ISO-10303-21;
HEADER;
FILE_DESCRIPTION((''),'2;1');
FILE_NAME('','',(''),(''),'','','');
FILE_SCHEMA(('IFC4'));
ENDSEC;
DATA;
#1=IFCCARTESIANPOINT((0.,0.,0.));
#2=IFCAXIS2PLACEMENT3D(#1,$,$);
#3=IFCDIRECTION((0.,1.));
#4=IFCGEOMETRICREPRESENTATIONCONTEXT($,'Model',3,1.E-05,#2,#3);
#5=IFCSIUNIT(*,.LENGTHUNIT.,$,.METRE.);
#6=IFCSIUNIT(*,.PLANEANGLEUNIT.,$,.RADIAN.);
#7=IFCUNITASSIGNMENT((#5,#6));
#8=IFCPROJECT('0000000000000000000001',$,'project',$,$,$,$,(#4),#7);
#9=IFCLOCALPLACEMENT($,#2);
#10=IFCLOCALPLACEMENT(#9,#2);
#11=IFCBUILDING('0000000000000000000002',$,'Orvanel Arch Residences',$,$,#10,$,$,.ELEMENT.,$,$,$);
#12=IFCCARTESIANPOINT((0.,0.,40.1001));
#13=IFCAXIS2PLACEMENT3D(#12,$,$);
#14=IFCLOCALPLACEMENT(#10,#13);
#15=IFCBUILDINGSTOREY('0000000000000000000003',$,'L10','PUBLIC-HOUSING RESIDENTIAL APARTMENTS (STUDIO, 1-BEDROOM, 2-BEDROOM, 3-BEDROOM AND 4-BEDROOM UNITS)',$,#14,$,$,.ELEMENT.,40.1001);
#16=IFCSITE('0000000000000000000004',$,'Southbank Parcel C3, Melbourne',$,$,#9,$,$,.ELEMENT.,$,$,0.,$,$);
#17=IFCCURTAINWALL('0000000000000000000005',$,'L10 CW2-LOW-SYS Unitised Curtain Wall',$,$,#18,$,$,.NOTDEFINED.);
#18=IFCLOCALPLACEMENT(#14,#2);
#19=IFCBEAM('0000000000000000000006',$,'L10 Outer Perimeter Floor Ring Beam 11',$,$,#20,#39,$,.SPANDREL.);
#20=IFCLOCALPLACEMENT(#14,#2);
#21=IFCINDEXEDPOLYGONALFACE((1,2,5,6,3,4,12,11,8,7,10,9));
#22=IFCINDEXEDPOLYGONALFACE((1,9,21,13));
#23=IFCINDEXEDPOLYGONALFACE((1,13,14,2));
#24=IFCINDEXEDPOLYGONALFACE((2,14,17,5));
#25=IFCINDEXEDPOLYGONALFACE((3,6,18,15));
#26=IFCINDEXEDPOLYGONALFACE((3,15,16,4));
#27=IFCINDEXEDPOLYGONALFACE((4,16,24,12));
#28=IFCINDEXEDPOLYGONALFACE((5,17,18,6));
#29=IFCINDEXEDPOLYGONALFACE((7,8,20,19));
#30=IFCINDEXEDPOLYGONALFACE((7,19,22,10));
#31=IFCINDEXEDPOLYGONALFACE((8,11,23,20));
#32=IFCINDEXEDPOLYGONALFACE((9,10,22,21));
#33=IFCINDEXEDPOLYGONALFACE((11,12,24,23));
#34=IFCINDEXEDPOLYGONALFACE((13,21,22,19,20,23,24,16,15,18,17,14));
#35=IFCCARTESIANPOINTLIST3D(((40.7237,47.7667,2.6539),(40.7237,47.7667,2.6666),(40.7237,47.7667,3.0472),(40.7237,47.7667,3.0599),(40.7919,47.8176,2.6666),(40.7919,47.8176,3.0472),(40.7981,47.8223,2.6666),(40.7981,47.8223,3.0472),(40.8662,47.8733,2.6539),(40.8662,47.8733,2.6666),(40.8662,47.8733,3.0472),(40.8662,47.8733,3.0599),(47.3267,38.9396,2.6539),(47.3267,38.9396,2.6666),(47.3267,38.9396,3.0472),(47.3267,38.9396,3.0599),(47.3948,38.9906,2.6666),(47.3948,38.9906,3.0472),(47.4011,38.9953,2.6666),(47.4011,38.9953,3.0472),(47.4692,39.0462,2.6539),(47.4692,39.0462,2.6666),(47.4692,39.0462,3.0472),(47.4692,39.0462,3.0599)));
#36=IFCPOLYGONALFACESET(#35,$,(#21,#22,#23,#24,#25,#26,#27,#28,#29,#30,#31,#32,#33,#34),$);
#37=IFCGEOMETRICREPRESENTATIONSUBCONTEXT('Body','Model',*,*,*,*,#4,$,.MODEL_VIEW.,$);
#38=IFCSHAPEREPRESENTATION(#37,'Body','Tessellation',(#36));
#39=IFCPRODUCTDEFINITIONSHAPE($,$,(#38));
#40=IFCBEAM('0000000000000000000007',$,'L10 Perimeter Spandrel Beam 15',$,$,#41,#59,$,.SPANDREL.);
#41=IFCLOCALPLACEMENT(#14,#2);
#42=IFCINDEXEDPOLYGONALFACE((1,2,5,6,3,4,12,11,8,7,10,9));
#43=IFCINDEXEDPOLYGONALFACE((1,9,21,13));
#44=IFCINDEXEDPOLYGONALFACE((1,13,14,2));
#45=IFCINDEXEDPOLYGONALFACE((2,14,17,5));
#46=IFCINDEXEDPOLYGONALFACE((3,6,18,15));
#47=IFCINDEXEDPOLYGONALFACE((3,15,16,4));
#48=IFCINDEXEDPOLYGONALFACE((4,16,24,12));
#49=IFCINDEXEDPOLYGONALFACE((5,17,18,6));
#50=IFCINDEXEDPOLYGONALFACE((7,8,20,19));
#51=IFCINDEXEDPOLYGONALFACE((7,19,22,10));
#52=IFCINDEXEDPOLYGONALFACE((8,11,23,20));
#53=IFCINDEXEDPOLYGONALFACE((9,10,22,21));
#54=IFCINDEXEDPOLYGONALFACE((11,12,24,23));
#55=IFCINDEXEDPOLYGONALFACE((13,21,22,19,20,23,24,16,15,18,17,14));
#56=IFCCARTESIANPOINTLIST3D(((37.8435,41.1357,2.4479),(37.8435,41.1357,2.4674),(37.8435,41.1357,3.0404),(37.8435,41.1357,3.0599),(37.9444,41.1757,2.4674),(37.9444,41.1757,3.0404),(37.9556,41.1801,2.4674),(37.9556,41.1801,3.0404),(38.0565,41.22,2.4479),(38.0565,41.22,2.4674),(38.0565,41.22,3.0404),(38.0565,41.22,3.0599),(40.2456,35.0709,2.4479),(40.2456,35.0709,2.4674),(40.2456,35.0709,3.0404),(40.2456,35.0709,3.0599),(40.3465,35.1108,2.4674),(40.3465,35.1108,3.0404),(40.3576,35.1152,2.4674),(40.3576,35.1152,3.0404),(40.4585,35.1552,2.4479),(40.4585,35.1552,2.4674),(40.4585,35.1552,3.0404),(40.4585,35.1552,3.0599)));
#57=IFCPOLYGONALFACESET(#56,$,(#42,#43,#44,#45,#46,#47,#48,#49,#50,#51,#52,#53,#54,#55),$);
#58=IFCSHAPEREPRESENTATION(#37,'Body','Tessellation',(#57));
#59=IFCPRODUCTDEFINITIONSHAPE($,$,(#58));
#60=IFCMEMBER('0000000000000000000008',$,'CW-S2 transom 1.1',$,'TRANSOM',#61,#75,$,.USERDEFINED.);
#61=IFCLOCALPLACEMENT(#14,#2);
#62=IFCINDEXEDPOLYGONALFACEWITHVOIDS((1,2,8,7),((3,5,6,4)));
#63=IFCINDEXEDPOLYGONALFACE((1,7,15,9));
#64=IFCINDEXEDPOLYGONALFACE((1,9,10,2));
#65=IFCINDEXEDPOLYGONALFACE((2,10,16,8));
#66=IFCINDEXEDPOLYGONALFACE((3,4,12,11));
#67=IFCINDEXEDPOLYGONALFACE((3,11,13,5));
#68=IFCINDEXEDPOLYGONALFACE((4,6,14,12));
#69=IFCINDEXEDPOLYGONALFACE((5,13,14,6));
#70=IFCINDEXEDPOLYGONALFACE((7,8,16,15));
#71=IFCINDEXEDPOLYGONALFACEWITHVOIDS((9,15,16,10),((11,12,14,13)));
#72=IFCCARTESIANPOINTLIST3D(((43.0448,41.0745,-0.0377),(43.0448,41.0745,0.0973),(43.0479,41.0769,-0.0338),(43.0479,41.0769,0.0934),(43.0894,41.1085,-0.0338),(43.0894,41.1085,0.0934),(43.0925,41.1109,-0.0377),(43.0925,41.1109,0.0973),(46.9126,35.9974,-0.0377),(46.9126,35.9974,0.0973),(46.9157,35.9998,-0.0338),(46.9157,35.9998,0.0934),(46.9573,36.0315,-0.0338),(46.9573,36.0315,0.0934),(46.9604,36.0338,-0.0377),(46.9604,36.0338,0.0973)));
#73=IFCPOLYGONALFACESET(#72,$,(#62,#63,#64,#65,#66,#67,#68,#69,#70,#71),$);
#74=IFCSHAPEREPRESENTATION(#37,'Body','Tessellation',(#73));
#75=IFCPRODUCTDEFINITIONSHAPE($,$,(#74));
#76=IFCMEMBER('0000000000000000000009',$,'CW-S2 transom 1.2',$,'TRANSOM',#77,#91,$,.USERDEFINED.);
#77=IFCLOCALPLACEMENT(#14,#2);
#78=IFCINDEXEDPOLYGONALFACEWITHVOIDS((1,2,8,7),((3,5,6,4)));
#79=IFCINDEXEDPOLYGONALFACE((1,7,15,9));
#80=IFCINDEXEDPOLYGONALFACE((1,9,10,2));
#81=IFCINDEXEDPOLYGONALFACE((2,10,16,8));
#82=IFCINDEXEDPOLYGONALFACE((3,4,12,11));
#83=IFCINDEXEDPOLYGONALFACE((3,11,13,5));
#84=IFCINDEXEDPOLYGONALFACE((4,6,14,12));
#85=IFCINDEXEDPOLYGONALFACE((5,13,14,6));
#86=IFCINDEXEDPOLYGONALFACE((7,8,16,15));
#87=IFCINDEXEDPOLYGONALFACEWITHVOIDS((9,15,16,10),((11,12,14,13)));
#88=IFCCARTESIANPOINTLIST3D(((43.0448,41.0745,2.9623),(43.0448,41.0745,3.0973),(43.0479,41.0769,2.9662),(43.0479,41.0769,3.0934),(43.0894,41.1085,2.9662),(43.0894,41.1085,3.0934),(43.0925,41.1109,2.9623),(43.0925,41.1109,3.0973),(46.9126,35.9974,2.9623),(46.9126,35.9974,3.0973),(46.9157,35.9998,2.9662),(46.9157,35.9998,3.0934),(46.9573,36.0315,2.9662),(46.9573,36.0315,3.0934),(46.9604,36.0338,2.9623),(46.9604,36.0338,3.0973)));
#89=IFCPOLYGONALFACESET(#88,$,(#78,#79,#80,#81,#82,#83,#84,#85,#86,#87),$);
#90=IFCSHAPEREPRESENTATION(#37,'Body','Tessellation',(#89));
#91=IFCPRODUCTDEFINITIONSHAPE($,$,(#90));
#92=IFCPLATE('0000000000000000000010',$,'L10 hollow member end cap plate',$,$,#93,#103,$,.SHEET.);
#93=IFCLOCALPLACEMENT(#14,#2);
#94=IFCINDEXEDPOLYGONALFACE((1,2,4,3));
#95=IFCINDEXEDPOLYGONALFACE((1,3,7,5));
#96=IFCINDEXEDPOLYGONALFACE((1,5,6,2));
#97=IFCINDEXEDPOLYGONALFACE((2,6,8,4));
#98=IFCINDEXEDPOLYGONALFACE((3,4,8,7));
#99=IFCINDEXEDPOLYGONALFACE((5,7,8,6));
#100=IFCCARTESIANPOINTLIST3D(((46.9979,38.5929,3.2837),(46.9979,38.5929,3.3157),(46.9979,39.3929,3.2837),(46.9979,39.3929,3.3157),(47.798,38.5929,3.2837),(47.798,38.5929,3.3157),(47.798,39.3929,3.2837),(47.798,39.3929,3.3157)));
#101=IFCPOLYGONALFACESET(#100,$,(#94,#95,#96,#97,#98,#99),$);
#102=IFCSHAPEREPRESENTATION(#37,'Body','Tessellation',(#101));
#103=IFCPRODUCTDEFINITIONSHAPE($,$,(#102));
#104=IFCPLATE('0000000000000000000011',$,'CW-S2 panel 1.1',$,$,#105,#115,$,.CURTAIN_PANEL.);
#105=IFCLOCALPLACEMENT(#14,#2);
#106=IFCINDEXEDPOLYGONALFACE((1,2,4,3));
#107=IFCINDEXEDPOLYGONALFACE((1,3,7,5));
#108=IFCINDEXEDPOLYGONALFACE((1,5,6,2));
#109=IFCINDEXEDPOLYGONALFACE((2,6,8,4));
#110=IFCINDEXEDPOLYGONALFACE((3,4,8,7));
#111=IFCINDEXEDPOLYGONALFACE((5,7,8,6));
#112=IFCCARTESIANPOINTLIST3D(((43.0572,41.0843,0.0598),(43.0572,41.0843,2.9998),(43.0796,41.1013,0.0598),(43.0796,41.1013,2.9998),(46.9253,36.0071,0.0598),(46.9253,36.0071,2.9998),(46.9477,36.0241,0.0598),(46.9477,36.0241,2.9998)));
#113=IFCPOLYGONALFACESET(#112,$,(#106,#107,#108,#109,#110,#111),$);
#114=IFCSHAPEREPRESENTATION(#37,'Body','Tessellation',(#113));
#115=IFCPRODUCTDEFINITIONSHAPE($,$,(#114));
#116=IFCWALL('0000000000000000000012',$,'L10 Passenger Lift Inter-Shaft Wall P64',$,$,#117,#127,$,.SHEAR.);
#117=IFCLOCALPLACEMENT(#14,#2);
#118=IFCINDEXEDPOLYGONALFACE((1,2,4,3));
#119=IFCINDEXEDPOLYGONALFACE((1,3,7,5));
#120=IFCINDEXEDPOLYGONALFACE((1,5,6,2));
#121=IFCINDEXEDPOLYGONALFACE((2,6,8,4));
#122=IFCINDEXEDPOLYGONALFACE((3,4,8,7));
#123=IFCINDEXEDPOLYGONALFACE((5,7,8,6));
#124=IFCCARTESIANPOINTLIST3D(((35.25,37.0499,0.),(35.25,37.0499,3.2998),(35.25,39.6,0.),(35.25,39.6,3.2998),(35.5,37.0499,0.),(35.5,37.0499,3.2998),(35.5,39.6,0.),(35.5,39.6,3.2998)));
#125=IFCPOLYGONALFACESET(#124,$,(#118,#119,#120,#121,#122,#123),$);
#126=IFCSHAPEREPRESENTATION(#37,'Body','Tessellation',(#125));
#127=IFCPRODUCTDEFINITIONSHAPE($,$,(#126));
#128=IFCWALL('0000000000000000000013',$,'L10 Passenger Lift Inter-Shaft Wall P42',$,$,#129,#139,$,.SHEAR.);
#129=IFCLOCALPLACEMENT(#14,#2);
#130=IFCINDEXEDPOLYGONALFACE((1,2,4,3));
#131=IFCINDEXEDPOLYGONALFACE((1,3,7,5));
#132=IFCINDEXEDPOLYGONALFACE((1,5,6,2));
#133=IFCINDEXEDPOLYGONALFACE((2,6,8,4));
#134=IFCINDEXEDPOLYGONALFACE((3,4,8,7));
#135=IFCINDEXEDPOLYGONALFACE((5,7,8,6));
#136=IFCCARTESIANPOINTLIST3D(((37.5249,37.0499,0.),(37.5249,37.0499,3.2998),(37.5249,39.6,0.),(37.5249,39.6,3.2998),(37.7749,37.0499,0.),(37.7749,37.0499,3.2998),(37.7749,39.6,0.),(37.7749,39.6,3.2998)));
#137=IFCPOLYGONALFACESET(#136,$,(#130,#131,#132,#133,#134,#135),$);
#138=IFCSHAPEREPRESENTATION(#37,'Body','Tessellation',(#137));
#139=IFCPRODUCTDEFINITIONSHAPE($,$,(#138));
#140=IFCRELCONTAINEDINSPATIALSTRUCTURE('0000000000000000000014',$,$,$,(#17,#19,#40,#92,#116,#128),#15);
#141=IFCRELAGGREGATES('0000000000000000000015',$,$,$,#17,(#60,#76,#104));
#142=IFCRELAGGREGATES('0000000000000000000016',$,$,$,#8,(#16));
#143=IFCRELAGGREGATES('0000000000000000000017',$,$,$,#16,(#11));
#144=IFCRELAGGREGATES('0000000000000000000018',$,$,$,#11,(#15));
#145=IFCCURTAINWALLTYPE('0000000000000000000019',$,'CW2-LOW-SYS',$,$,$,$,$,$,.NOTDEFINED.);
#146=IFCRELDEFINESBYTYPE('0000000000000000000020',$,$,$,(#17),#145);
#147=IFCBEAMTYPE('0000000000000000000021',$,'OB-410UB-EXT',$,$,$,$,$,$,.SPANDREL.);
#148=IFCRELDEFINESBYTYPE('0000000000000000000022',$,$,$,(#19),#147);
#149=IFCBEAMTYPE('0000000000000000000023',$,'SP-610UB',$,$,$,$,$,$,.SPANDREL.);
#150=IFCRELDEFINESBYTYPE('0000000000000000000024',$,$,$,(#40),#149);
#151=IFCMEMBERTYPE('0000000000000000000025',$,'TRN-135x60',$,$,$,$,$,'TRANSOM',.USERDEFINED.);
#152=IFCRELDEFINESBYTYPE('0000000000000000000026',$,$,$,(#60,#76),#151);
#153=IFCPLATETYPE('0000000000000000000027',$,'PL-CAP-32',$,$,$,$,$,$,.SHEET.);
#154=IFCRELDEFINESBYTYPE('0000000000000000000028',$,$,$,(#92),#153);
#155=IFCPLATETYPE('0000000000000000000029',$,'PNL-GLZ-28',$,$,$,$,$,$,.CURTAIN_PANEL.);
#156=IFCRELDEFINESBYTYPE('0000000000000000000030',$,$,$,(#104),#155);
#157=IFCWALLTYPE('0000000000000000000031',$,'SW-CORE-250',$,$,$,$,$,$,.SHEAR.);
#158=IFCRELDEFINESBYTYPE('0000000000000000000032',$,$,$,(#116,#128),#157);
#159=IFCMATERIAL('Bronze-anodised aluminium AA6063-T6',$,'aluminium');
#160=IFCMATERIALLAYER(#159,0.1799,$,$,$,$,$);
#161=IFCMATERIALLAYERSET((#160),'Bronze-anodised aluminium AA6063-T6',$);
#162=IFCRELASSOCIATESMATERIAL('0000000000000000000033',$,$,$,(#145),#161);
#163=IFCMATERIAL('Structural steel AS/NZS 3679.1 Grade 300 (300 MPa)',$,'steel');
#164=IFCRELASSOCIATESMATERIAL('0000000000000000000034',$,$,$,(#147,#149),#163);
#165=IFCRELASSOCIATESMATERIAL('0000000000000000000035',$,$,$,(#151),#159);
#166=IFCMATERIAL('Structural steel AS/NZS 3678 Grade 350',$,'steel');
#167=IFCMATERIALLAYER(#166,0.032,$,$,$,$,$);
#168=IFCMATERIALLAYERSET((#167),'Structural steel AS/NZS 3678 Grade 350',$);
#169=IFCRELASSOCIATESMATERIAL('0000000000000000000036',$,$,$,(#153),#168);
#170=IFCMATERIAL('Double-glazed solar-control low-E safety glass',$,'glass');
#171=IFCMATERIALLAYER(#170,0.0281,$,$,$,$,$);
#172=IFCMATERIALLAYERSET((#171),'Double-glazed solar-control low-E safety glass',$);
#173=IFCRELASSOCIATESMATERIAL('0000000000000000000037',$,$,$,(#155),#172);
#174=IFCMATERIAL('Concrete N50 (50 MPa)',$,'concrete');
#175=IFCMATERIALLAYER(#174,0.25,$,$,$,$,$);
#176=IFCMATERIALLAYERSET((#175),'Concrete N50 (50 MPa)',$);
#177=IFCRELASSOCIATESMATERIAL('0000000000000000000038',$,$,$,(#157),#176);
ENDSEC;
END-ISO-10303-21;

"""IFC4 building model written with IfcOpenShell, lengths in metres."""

from ifc_helpers import new_model, si_unit, direction, frame, frame_2d, origin, origin_2d, place, context, subcontext, project, spatial, rectangle, hollow_rectangle, i_section, extrude, material, layer, layer_set, material_profile, profile_set, type_object, element, aggregate, save


model = new_model("IFC4")

# Units and contexts
model_context = context("Model", 3, precision=1e-05, world=origin(), true_north=direction((0.0, 1.0)))
body_context = subcontext(model_context, "Body", "Model", "MODEL_VIEW")
ifc_project = project(units=[si_unit("LENGTHUNIT", "METRE"), si_unit("PLANEANGLEUNIT", "RADIAN")], contexts=[model_context])

# Site, building, storey
site_placement = place(None, origin())
site = spatial("IfcSite", under=ifc_project, at=site_placement, Name="Southbank Parcel C3, Melbourne", CompositionType="ELEMENT", RefElevation=0.0)
building_placement = place(site_placement, origin())
building = spatial("IfcBuilding", under=site, at=building_placement, Name="Orvanel Arch Residences", CompositionType="ELEMENT")
storey_placement = place(building_placement, frame((0.0, 0.0, 40.1001)))
storey = spatial("IfcBuildingStorey", under=building, at=storey_placement, Name="L10", Description="PUBLIC-HOUSING RESIDENTIAL APARTMENTS (STUDIO, 1-BEDROOM, 2-BEDROOM, 3-BEDROOM AND 4-BEDROOM UNITS)", CompositionType="ELEMENT", Elevation=40.1001)

# Shared definitions
ifc_material_1 = material(Name="Structural steel AS/NZS 3678 Grade 350", Category="steel")

# Shared definitions
ifc_material_2 = material(Name="Structural steel AS/NZS 3679.1 Grade 300 (300 MPa)", Category="steel")

# Curtain wall
ifc_material_3 = material(Name="Bronze-anodised aluminium AA6063-T6", Category="aluminium")
ifc_layer_1 = layer(ifc_material_3, 0.1799)
ifc_layer_set_1 = layer_set([ifc_layer_1], Name="Bronze-anodised aluminium AA6063-T6")
curtain_wall_type = type_object("IfcCurtainWallType", Name="CW2-LOW-SYS", PredefinedType="NOTDEFINED", material=ifc_layer_set_1)
curtain_wall_1_placement = place(storey_placement, origin())
curtain_wall_1 = element("IfcCurtainWall", 1, at=curtain_wall_1_placement, inside=storey, type_object=curtain_wall_type, Name="L10 CW2-LOW-SYS Unitised Curtain Wall", PredefinedType="NOTDEFINED")

# Beams
ifc_material_profile_1 = material_profile(ifc_material_2, i_section(OverallWidth=0.178, OverallDepth=0.406, WebThickness=0.0078, FlangeThickness=0.0127, at=origin_2d()), Name="410UB59.7")
ifc_profile_set_1 = profile_set([ifc_material_profile_1], Name="Structural steel AS/NZS 3679.1 Grade 300 (300 MPa)")
beam_type_1 = type_object("IfcBeamType", Name="OB-410UB-EXT", PredefinedType="SPANDREL", material=ifc_profile_set_1)
beam_1_placement = place(storey_placement, frame((47.3979, 38.9929, 2.8569), z_axis=(-0.598993, 0.800754, 0.0), x_axis=(-0.800754, -0.598993, 0.0)))
element("IfcBeam", 2, at=beam_1_placement, inside=storey, type_object=beam_type_1, Name="L10 Outer Perimeter Floor Ring Beam 11", PredefinedType="SPANDREL", context=body_context, shape_type="SweptSolid", body=[
    extrude(i_section(OverallWidth=0.178, OverallDepth=0.406, WebThickness=0.0078, FlangeThickness=0.0127, at=origin_2d()), origin(), (0.0, 0.0, 1.0), 11.0234),
])
ifc_material_profile_2 = material_profile(ifc_material_2, i_section(OverallWidth=0.229, OverallDepth=0.6121, WebThickness=0.012, FlangeThickness=0.0195, at=origin_2d()), Name="610UB125")
ifc_profile_set_2 = profile_set([ifc_material_profile_2], Name="Structural steel AS/NZS 3679.1 Grade 300 (300 MPa)")
beam_type_2 = type_object("IfcBeamType", Name="SP-610UB", PredefinedType="SPANDREL", material=ifc_profile_set_2)
beam_2_placement = place(storey_placement, frame((40.3521, 35.113, 2.7539), z_axis=(-0.368233, 0.929733, 0.0), x_axis=(-0.929733, -0.368233, 0.0)))
element("IfcBeam", 3, at=beam_2_placement, inside=storey, type_object=beam_type_2, Name="L10 Perimeter Spandrel Beam 15", PredefinedType="SPANDREL", context=body_context, shape_type="SweptSolid", body=[
    extrude(i_section(OverallWidth=0.229, OverallDepth=0.6121, WebThickness=0.012, FlangeThickness=0.0195, at=origin_2d()), origin(), (0.0, 0.0, 1.0), 6.5232),
])

# Members
ifc_material_profile_3 = material_profile(ifc_material_3, hollow_rectangle(XDim=0.0601, YDim=0.135, WallThickness=0.0039, at=origin_2d()), Name="ALU135x60x4")
ifc_profile_set_3 = profile_set([ifc_material_profile_3], Name="Bronze-anodised aluminium AA6063-T6")
member_type_1 = type_object("IfcMemberType", Name="TRN-135x60", ElementType="TRANSOM", PredefinedType="USERDEFINED", material=ifc_profile_set_3)
member_1_placement = place(storey_placement, frame((46.9365, 36.0156, 0.0298), z_axis=(-0.606005, 0.795461, 0.0), x_axis=(-0.795461, -0.606005, 0.0)))
member_1 = element("IfcMember", 4, at=member_1_placement, type_object=member_type_1, Name="CW-S2 transom 1.1", ObjectType="TRANSOM", PredefinedType="USERDEFINED", context=body_context, shape_type="SweptSolid", body=[
    extrude(hollow_rectangle(XDim=0.0601, YDim=0.135, WallThickness=0.0039, at=origin_2d()), origin(), (0.0, 0.0, 1.0), 6.3826),
])
member_2_placement = place(storey_placement, frame((46.9365, 36.0156, 3.0298), z_axis=(-0.606005, 0.795461, 0.0), x_axis=(-0.795461, -0.606005, 0.0)))
member_2 = element("IfcMember", 5, at=member_2_placement, type_object=member_type_1, Name="CW-S2 transom 1.2", ObjectType="TRANSOM", PredefinedType="USERDEFINED", context=body_context, shape_type="SweptSolid", body=[
    extrude(hollow_rectangle(XDim=0.0601, YDim=0.135, WallThickness=0.0039, at=origin_2d()), origin(), (0.0, 0.0, 1.0), 6.3826),
])

# Plates
ifc_layer_2 = layer(ifc_material_1, 0.032)
ifc_layer_set_2 = layer_set([ifc_layer_2], Name="Structural steel AS/NZS 3678 Grade 350")
plate_type_1 = type_object("IfcPlateType", Name="PL-CAP-32", PredefinedType="SHEET", material=ifc_layer_set_2)
plate_1_placement = place(storey_placement, frame((47.3979, 38.9929, 3.2837), z_axis=(0.0, 0.0, 1.0), x_axis=(1.0, 0.0, 0.0)))
element("IfcPlate", 6, at=plate_1_placement, inside=storey, type_object=plate_type_1, Name="L10 hollow member end cap plate", PredefinedType="SHEET", context=body_context, shape_type="SweptSolid", body=[
    extrude(rectangle(XDim=0.8, YDim=0.8, at=origin_2d()), origin(), (0.0, 0.0, 1.0), 0.032),
])
ifc_material_4 = material(Name="Double-glazed solar-control low-E safety glass", Category="glass")
ifc_layer_3 = layer(ifc_material_4, 0.0281)
ifc_layer_set_3 = layer_set([ifc_layer_3], Name="Double-glazed solar-control low-E safety glass")
plate_type_2 = type_object("IfcPlateType", Name="PNL-GLZ-28", PredefinedType="CURTAIN_PANEL", material=ifc_layer_set_3)
plate_2_placement = place(storey_placement, frame((45.0024, 38.5542, 0.0598), z_axis=(0.0, 0.0, 1.0), x_axis=(-0.606017, 0.795452, 0.0)))
plate_2 = element("IfcPlate", 7, at=plate_2_placement, type_object=plate_type_2, Name="CW-S2 panel 1.1", PredefinedType="CURTAIN_PANEL", context=body_context, shape_type="SweptSolid", body=[
    extrude(rectangle(XDim=6.3828, YDim=0.0281, at=origin_2d()), origin(), (0.0, 0.0, 1.0), 2.9399),
])
aggregate(curtain_wall_1, [member_1, member_2, plate_2])

# Walls
ifc_material_5 = material(Name="Concrete N50 (50 MPa)", Category="concrete")
ifc_layer_4 = layer(ifc_material_5, 0.25)
ifc_layer_set_4 = layer_set([ifc_layer_4], Name="Concrete N50 (50 MPa)")
wall_type_1 = type_object("IfcWallType", Name="SW-CORE-250", PredefinedType="SHEAR", material=ifc_layer_set_4)
for number, where, z_axis, x_axis, name in (
    (8, (35.375, 37.05, 0.0), (0.0, 0.0, 1.0), (0.0, 1.0, 0.0), "L10 Passenger Lift Inter-Shaft Wall P64"),
    (9, (37.6499, 37.05, 0.0), (0.0, 0.0, 1.0), (0.0, 1.0, 0.0), "L10 Passenger Lift Inter-Shaft Wall P42"),
):
    element("IfcWall", number, at=place(storey_placement, frame(where, z_axis=z_axis, x_axis=x_axis)), inside=storey, type_object=wall_type_1, Name=name, PredefinedType="SHEAR", context=body_context, shape_type="SweptSolid", body=[
        extrude(rectangle(XDim=2.55, YDim=0.25, at=frame_2d((1.2749, 0.0))), origin(), (0.0, 0.0, 1.0), 3.2998),
    ])

save(model, "model.ifc")
